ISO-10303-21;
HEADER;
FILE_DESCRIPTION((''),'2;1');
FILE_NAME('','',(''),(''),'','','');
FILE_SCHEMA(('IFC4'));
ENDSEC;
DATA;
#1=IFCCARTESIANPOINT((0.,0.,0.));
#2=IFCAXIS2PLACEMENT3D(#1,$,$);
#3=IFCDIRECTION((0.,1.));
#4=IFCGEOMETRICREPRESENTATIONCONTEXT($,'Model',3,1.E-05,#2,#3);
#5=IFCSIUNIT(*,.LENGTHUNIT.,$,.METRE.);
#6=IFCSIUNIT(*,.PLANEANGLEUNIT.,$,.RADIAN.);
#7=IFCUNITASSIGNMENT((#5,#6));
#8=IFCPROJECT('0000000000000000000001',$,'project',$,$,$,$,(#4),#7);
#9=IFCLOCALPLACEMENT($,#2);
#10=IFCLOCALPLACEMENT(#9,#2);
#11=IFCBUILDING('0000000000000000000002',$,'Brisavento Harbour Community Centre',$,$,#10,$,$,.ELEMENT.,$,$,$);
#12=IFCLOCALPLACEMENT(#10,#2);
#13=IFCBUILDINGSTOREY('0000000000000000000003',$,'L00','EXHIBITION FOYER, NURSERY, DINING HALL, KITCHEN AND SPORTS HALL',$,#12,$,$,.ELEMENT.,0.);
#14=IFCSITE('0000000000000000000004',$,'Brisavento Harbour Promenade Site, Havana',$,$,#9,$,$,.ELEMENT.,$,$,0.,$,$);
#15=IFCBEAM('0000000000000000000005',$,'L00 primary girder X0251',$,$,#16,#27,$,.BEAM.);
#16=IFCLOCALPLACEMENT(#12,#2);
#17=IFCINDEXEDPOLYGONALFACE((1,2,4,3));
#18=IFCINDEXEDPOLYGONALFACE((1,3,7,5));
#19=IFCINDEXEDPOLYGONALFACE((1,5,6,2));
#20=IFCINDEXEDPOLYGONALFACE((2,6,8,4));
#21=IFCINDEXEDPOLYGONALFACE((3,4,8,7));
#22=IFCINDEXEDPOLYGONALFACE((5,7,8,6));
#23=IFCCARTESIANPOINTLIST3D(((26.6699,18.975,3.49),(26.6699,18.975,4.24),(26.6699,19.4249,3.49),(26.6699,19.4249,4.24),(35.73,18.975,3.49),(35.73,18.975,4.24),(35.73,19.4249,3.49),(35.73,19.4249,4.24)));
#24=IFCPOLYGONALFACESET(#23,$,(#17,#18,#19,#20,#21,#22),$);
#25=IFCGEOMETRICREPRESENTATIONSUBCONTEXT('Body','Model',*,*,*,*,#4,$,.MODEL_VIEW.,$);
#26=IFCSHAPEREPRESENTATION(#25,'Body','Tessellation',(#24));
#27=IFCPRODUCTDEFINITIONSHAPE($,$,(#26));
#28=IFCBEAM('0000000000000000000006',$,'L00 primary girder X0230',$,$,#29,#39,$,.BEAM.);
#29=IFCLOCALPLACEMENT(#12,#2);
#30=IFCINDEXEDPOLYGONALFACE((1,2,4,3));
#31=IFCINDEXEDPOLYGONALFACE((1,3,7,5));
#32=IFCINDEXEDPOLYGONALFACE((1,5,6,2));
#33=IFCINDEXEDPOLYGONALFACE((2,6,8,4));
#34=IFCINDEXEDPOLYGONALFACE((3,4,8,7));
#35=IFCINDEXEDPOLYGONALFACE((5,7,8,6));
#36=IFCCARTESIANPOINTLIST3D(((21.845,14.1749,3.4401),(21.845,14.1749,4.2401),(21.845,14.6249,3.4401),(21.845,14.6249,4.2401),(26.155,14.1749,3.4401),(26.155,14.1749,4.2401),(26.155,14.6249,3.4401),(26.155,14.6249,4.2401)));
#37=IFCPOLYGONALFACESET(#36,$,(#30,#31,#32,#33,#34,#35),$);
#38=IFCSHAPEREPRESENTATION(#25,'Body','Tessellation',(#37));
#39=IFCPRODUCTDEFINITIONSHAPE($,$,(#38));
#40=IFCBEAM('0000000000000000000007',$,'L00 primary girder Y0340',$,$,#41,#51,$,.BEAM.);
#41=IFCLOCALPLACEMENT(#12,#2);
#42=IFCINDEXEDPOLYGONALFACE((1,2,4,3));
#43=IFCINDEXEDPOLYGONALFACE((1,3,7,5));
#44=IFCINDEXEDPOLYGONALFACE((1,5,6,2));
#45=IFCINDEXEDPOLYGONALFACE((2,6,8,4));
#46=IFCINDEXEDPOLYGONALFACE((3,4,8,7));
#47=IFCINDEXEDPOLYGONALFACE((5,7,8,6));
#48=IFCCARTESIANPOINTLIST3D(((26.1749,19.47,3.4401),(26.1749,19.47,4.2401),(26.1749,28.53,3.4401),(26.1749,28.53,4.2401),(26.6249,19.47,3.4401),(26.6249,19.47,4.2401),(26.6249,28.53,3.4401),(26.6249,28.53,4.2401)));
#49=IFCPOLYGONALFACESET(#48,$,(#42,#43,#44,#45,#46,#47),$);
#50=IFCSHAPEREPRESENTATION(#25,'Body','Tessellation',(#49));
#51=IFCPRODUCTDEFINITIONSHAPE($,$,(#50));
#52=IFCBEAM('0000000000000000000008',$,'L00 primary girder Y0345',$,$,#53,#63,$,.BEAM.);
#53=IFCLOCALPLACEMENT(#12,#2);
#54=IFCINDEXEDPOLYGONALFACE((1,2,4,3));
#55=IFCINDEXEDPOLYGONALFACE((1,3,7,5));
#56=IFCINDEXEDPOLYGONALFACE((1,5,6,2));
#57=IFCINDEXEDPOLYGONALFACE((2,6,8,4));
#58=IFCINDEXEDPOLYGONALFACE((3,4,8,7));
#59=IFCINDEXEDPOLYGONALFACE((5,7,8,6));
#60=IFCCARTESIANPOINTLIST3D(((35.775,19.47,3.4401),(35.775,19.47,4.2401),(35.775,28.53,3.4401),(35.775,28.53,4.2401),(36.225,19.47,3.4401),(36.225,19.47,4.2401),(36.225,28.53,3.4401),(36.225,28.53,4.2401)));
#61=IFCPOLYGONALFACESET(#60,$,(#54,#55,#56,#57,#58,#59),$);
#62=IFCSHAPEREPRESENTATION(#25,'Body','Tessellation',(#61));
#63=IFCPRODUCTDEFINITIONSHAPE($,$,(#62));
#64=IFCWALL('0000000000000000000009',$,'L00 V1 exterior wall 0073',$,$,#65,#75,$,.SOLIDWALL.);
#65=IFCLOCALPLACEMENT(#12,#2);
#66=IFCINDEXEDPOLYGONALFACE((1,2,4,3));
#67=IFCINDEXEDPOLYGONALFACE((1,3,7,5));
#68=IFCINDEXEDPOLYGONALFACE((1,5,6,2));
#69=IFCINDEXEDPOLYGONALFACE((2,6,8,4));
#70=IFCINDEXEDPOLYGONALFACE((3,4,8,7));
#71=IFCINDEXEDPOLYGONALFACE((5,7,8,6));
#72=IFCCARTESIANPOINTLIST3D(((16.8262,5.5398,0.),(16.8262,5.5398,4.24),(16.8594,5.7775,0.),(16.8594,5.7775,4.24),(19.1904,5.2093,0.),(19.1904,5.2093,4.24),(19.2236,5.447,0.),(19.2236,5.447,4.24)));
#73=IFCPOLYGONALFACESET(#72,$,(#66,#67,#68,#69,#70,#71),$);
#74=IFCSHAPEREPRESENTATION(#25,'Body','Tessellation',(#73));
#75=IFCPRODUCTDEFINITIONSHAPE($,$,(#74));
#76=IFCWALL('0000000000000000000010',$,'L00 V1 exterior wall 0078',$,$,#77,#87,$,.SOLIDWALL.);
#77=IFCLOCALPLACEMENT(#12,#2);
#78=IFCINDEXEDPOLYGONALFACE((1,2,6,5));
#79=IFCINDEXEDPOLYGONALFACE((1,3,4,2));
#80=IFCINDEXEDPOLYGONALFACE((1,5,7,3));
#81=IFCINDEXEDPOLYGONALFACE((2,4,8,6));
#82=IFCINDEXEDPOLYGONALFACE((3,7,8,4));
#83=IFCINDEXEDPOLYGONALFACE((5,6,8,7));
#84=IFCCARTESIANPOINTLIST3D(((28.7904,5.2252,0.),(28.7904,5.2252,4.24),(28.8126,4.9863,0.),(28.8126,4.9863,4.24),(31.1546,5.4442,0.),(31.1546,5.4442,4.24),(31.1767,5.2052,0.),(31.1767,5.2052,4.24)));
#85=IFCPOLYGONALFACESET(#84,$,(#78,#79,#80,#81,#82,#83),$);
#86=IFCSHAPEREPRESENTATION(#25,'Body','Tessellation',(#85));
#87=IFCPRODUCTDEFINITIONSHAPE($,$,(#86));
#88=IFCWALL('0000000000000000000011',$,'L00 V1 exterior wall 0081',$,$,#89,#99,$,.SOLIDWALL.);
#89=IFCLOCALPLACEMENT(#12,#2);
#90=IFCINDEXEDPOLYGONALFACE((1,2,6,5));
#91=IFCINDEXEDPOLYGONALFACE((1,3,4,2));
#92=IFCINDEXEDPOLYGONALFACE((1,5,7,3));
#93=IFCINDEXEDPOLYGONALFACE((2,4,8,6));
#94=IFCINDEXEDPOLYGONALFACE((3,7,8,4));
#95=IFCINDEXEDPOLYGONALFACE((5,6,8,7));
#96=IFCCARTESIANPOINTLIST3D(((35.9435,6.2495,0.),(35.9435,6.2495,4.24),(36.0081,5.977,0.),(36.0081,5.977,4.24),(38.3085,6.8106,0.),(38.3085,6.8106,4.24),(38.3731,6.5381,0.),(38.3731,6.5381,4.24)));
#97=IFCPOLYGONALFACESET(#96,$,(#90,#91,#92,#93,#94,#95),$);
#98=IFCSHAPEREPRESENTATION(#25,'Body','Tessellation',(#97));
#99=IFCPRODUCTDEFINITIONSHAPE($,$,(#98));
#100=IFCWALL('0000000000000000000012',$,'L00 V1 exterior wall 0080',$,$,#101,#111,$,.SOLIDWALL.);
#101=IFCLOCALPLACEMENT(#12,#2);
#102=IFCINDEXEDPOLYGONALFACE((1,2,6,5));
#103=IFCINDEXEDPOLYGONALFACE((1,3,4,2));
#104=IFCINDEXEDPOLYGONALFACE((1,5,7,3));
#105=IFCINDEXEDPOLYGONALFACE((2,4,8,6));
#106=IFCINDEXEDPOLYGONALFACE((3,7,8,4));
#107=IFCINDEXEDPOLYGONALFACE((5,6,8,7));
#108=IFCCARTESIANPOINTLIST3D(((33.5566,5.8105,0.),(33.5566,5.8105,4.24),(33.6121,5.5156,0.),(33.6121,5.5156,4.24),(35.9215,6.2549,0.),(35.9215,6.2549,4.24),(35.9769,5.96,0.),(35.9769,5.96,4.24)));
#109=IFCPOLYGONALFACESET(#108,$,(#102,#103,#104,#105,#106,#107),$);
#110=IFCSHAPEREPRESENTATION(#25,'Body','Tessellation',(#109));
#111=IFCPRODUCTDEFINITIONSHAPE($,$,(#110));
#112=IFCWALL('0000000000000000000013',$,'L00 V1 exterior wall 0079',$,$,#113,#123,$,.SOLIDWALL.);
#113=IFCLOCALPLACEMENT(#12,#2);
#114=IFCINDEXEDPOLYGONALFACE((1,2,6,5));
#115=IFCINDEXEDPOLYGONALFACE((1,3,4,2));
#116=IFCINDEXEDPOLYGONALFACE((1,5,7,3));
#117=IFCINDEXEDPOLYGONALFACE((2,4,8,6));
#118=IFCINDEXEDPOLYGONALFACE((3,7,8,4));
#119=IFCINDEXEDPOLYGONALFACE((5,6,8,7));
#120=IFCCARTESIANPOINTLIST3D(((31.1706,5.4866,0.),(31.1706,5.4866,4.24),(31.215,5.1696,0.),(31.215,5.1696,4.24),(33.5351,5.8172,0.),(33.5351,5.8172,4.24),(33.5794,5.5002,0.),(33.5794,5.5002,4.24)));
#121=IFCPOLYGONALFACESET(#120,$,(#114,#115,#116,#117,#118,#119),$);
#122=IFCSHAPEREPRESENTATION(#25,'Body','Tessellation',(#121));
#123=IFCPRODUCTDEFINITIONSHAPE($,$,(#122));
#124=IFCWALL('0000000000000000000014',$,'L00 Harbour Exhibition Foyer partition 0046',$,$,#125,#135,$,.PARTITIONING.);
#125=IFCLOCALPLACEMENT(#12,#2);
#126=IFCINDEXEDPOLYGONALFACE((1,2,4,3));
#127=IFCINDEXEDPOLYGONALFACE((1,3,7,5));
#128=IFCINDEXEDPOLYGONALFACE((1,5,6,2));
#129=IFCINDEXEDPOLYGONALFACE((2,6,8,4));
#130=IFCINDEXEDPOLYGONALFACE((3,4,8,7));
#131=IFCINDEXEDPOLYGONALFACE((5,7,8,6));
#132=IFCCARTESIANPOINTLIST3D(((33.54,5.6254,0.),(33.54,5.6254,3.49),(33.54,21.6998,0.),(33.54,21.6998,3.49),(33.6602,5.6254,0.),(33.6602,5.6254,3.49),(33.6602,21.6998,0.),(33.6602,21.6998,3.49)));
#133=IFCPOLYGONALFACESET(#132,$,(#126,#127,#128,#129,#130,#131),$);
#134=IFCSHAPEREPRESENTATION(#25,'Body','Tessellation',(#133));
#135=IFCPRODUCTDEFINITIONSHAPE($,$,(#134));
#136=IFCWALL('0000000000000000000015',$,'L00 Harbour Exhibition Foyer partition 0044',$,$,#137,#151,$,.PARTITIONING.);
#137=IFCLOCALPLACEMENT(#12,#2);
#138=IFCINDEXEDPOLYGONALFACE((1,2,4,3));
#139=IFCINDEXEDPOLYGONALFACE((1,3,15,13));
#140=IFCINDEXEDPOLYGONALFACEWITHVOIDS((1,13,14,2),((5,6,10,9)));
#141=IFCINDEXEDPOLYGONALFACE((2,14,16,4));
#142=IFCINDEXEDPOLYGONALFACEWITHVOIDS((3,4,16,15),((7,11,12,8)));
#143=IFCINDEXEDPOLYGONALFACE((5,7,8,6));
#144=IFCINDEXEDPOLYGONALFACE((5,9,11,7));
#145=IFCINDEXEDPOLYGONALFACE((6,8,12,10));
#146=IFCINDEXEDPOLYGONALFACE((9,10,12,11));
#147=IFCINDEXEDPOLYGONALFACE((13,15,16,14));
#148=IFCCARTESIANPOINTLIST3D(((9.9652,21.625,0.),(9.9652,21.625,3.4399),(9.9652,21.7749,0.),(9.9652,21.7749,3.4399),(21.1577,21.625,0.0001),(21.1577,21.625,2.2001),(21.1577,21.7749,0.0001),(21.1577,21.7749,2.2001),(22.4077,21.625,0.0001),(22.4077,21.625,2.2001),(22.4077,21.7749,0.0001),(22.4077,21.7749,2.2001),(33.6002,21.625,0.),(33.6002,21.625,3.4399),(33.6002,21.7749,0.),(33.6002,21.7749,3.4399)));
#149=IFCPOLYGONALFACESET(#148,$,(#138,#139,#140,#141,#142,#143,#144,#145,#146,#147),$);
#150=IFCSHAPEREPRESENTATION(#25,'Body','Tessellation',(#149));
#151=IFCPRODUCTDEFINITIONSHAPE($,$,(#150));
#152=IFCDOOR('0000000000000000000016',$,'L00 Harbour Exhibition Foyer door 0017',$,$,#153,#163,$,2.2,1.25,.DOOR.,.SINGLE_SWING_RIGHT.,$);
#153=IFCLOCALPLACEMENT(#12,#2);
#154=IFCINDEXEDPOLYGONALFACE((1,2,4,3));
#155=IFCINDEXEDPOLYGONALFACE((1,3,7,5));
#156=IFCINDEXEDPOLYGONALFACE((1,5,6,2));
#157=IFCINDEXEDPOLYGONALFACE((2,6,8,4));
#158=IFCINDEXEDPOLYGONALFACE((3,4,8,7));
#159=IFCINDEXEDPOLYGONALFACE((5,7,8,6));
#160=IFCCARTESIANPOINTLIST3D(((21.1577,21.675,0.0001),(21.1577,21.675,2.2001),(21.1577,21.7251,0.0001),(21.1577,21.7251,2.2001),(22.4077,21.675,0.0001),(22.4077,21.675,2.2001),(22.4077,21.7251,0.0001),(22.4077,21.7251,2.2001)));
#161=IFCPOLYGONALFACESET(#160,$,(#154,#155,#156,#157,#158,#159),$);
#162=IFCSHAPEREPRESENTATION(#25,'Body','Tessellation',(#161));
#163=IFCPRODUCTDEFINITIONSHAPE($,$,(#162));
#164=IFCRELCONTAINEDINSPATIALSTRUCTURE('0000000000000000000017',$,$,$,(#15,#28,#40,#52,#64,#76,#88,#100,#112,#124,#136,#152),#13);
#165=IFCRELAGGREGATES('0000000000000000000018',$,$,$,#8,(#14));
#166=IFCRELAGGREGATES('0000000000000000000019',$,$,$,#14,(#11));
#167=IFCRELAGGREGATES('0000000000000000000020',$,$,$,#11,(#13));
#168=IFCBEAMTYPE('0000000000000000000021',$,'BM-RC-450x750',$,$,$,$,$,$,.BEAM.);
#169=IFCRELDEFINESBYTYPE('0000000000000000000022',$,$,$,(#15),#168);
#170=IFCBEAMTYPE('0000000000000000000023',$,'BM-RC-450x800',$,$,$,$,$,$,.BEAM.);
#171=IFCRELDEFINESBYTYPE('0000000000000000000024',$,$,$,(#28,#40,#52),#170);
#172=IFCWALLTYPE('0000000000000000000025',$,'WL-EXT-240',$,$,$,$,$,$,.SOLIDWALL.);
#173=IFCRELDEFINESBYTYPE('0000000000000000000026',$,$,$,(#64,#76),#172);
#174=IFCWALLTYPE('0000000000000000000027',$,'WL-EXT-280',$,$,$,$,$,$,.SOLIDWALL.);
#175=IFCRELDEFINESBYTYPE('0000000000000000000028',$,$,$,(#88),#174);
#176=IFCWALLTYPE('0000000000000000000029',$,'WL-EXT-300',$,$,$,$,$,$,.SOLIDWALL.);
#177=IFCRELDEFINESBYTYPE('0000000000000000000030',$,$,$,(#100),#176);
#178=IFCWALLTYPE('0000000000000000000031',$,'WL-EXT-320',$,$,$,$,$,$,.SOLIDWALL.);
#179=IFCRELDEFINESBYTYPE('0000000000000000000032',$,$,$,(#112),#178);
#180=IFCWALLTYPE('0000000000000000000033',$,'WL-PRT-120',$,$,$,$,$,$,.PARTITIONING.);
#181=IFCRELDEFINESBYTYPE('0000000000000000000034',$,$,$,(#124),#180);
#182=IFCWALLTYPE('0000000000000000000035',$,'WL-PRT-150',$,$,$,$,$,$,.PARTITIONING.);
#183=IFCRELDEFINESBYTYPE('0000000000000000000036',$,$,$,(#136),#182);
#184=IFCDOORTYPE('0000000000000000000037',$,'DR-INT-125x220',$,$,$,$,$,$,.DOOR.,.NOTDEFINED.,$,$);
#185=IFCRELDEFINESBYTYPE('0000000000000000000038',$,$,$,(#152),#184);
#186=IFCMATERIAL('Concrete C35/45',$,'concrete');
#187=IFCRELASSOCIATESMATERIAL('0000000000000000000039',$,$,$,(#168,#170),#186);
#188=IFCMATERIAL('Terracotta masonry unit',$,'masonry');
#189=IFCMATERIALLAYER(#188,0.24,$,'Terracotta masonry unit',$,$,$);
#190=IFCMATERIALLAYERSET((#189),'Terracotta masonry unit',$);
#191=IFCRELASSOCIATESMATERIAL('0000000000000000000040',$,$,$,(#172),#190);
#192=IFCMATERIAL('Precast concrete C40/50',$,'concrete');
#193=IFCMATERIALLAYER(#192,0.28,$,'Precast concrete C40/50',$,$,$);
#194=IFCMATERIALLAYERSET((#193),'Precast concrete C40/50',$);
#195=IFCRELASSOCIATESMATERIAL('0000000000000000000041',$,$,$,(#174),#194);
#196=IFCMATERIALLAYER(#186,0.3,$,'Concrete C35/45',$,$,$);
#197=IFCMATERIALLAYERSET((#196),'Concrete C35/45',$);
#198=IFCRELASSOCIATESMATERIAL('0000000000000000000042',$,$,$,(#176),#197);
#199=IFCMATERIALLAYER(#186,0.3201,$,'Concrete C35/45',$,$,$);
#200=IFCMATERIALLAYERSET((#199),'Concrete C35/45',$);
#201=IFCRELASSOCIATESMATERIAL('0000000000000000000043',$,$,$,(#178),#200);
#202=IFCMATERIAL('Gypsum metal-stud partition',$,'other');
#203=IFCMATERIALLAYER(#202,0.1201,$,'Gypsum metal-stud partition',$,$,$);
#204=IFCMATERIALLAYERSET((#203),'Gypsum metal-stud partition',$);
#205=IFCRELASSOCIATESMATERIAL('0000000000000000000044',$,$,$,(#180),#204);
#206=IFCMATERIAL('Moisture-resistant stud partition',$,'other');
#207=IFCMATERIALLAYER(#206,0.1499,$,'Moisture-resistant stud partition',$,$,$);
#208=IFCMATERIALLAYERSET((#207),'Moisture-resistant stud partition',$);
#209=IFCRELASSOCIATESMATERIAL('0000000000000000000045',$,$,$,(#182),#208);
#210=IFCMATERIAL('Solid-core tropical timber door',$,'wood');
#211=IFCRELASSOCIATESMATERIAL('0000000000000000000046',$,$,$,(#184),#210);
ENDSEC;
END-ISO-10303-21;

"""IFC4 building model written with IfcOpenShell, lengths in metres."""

from ifc_helpers import new_model, si_unit, direction, frame, frame_2d, origin, origin_2d, place, context, subcontext, project, spatial, rectangle, extrude, material, layer, layer_set, material_profile, profile_set, type_object, element, fill, save


model = new_model("IFC4")

# Units and contexts
model_context = context("Model", 3, precision=1e-05, world=origin(), true_north=direction((0.0, 1.0)))
body_context = subcontext(model_context, "Body", "Model", "MODEL_VIEW")
ifc_project = project(units=[si_unit("LENGTHUNIT", "METRE"), si_unit("PLANEANGLEUNIT", "RADIAN")], contexts=[model_context])

# Site, building, storey
site_placement = place(None, origin())
site = spatial("IfcSite", under=ifc_project, at=site_placement, Name="Brisavento Harbour Promenade Site, Havana", CompositionType="ELEMENT", RefElevation=0.0)
building_placement = place(site_placement, origin())
building = spatial("IfcBuilding", under=site, at=building_placement, Name="Brisavento Harbour Community Centre", CompositionType="ELEMENT")
storey_placement = place(building_placement, origin())
storey = spatial("IfcBuildingStorey", under=building, at=storey_placement, Name="L00", Description="EXHIBITION FOYER, NURSERY, DINING HALL, KITCHEN AND SPORTS HALL", CompositionType="ELEMENT", Elevation=0.0)

# Shared definitions
ifc_material_1 = material(Name="Concrete C35/45", Category="concrete")

# Beams
ifc_material_profile_1 = material_profile(ifc_material_1, rectangle(XDim=0.45, YDim=0.75, at=origin_2d()), Name="Concrete C35/45")
ifc_profile_set_1 = profile_set([ifc_material_profile_1], Name="Concrete C35/45")
beam_type_1 = type_object("IfcBeamType", Name="BM-RC-450x750", PredefinedType="BEAM", material=ifc_profile_set_1)
beam_1_placement = place(storey_placement, frame((26.6699, 19.2, 3.865), z_axis=(1.0, 0.0, 0.0), x_axis=(0.0, 1.0, 0.0)))
element("IfcBeam", 1, at=beam_1_placement, inside=storey, type_object=beam_type_1, Name="L00 primary girder X0251", PredefinedType="BEAM", context=body_context, shape_type="SweptSolid", body=[
    extrude(rectangle(XDim=0.45, YDim=0.75, at=origin_2d()), origin(), (0.0, 0.0, 1.0), 9.0601),
])
ifc_material_profile_2 = material_profile(ifc_material_1, rectangle(XDim=0.45, YDim=0.8, at=origin_2d()), Name="Concrete C35/45")
ifc_profile_set_2 = profile_set([ifc_material_profile_2], Name="Concrete C35/45")
beam_type_2 = type_object("IfcBeamType", Name="BM-RC-450x800", PredefinedType="BEAM", material=ifc_profile_set_2)
beam_2_placement = place(storey_placement, frame((21.845, 14.3999, 3.8401), z_axis=(1.0, 0.0, 0.0), x_axis=(0.0, 1.0, 0.0)))
element("IfcBeam", 2, at=beam_2_placement, inside=storey, type_object=beam_type_2, Name="L00 primary girder X0230", PredefinedType="BEAM", context=body_context, shape_type="SweptSolid", body=[
    extrude(rectangle(XDim=0.45, YDim=0.8, at=origin_2d()), origin(), (0.0, 0.0, 1.0), 4.3101),
])
for number, where, z_axis, x_axis, name in (
    (3, (26.3999, 19.47, 3.8401), (0.0, 1.0, 0.0), (-1.0, 0.0, 0.0), "L00 primary girder Y0340"),
    (4, (36.0, 19.47, 3.8401), (0.0, 1.0, 0.0), (-1.0, 0.0, 0.0), "L00 primary girder Y0345"),
):
    element("IfcBeam", number, at=place(storey_placement, frame(where, z_axis=z_axis, x_axis=x_axis)), inside=storey, type_object=beam_type_2, Name=name, PredefinedType="BEAM", context=body_context, shape_type="SweptSolid", body=[
        extrude(rectangle(XDim=0.45, YDim=0.8, at=origin_2d()), origin(), (0.0, 0.0, 1.0), 9.0601),
    ])

# Walls
ifc_material_2 = material(Name="Terracotta masonry unit", Category="masonry")
ifc_layer_1 = layer(ifc_material_2, 0.24, Name="Terracotta masonry unit")
ifc_layer_set_1 = layer_set([ifc_layer_1], Name="Terracotta masonry unit")
wall_type_1 = type_object("IfcWallType", Name="WL-EXT-240", PredefinedType="SOLIDWALL", material=ifc_layer_set_1)
wall_1_placement = place(storey_placement, frame((19.207, 5.3281, 0.0), z_axis=(0.0, 0.0, 1.0), x_axis=(-0.990366, 0.138471, 0.0)))
element("IfcWall", 5, at=wall_1_placement, inside=storey, type_object=wall_type_1, Name="L00 V1 exterior wall 0073", PredefinedType="SOLIDWALL", context=body_context, shape_type="SweptSolid", body=[
    extrude(rectangle(XDim=2.3872, YDim=0.24, at=frame_2d((1.1936, 0.0))), origin(), (0.0, 0.0, 1.0), 4.24),
])
wall_2_placement = place(storey_placement, frame((31.1655, 5.3247, 0.0), z_axis=(0.0, 0.0, 1.0), x_axis=(-0.995738, -0.092232, 0.0)))
element("IfcWall", 6, at=wall_2_placement, inside=storey, type_object=wall_type_1, Name="L00 V1 exterior wall 0078", PredefinedType="SOLIDWALL", context=body_context, shape_type="SweptSolid", body=[
    extrude(rectangle(XDim=2.3743, YDim=0.24, at=frame_2d((1.187, 0.0))), origin(), (0.0, 0.0, 1.0), 4.24),
])
ifc_material_3 = material(Name="Precast concrete C40/50", Category="concrete")
ifc_layer_2 = layer(ifc_material_3, 0.28, Name="Precast concrete C40/50")
ifc_layer_set_2 = layer_set([ifc_layer_2], Name="Precast concrete C40/50")
wall_type_2 = type_object("IfcWallType", Name="WL-EXT-280", PredefinedType="SOLIDWALL", material=ifc_layer_set_2)
wall_3_placement = place(storey_placement, frame((38.3408, 6.6743, 0.0), z_axis=(0.0, 0.0, 1.0), x_axis=(-0.972997, -0.230819, 0.0)))
element("IfcWall", 7, at=wall_3_placement, inside=storey, type_object=wall_type_2, Name="L00 V1 exterior wall 0081", PredefinedType="SOLIDWALL", context=body_context, shape_type="SweptSolid", body=[
    extrude(rectangle(XDim=2.4307, YDim=0.28, at=frame_2d((1.2153, 0.0))), origin(), (0.0, 0.0, 1.0), 4.24),
])
ifc_layer_3 = layer(ifc_material_1, 0.3, Name="Concrete C35/45")
ifc_layer_set_3 = layer_set([ifc_layer_3], Name="Concrete C35/45")
wall_type_3 = type_object("IfcWallType", Name="WL-EXT-300", PredefinedType="SOLIDWALL", material=ifc_layer_set_3)
wall_4_placement = place(storey_placement, frame((35.9492, 6.1074, 0.0), z_axis=(0.0, 0.0, 1.0), x_axis=(-0.982801, -0.184668, 0.0)))
element("IfcWall", 8, at=wall_4_placement, inside=storey, type_object=wall_type_3, Name="L00 V1 exterior wall 0080", PredefinedType="SOLIDWALL", context=body_context, shape_type="SweptSolid", body=[
    extrude(rectangle(XDim=2.4062, YDim=0.3, at=frame_2d((1.2031, 0.0))), origin(), (0.0, 0.0, 1.0), 4.24),
])
ifc_layer_4 = layer(ifc_material_1, 0.3201, Name="Concrete C35/45")
ifc_layer_set_4 = layer_set([ifc_layer_4], Name="Concrete C35/45")
wall_type_4 = type_object("IfcWallType", Name="WL-EXT-320", PredefinedType="SOLIDWALL", material=ifc_layer_set_4)
wall_5_placement = place(storey_placement, frame((33.5574, 5.6587, 0.0), z_axis=(0.0, 0.0, 1.0), x_axis=(-0.990368, -0.138457, 0.0)))
element("IfcWall", 9, at=wall_5_placement, inside=storey, type_object=wall_type_4, Name="L00 V1 exterior wall 0079", PredefinedType="SOLIDWALL", context=body_context, shape_type="SweptSolid", body=[
    extrude(rectangle(XDim=2.3875, YDim=0.3201, at=frame_2d((1.1938, 0.0))), origin(), (0.0, 0.0, 1.0), 4.24),
])
ifc_material_4 = material(Name="Gypsum metal-stud partition", Category="other")
ifc_layer_5 = layer(ifc_material_4, 0.1201, Name="Gypsum metal-stud partition")
ifc_layer_set_5 = layer_set([ifc_layer_5], Name="Gypsum metal-stud partition")
wall_type_5 = type_object("IfcWallType", Name="WL-PRT-120", PredefinedType="PARTITIONING", material=ifc_layer_set_5)
wall_6_placement = place(storey_placement, frame((33.6001, 5.6255, 0.0), z_axis=(0.0, 0.0, 1.0), x_axis=(0.0, 1.0, 0.0)))
element("IfcWall", 10, at=wall_6_placement, inside=storey, type_object=wall_type_5, Name="L00 Harbour Exhibition Foyer partition 0046", PredefinedType="PARTITIONING", context=body_context, shape_type="SweptSolid", body=[
    extrude(rectangle(XDim=16.0745, YDim=0.1201, at=frame_2d((8.0371, 0.0))), origin(), (0.0, 0.0, 1.0), 3.49),
])

# Wall, opening, door
ifc_material_5 = material(Name="Moisture-resistant stud partition", Category="other")
ifc_layer_6 = layer(ifc_material_5, 0.1499, Name="Moisture-resistant stud partition")
ifc_layer_set_6 = layer_set([ifc_layer_6], Name="Moisture-resistant stud partition")
wall_type_6 = type_object("IfcWallType", Name="WL-PRT-150", PredefinedType="PARTITIONING", material=ifc_layer_set_6)
wall_7_placement = place(storey_placement, frame((33.6001, 21.7, 0.0), z_axis=(0.0, 0.0, 1.0), x_axis=(-1.0, 0.0, 0.0)))
wall_7 = element("IfcWall", 11, at=wall_7_placement, inside=storey, type_object=wall_type_6, Name="L00 Harbour Exhibition Foyer partition 0044", PredefinedType="PARTITIONING", context=body_context, shape_type="SweptSolid", body=[
    extrude(rectangle(XDim=23.635, YDim=0.1499, at=frame_2d((11.8174, 0.0))), origin(), (0.0, 0.0, 1.0), 3.4399),
])
opening_placement = place(wall_7_placement, frame((11.1924, 0.0, 0.0)))
opening = element("IfcOpeningElement", 12, at=opening_placement, cuts=wall_7, PredefinedType="OPENING", context=body_context, shape_type="SweptSolid", body=[
    extrude(rectangle(XDim=1.25, YDim=2.2, at=frame_2d((0.625, 1.1001))), frame((0.0, 0.085, 0.0), z_axis=(0.0, -1.0, 0.0), x_axis=(1.0, 0.0, 0.0)), (0.0, 0.0, 1.0), 0.1699),
])
ifc_material_6 = material(Name="Solid-core tropical timber door", Category="wood")
door_type = type_object("IfcDoorType", Name="DR-INT-125x220", OperationType="NOTDEFINED", PredefinedType="DOOR", material=ifc_material_6)
door_placement = place(opening_placement, origin())
door = element("IfcDoor", 13, at=door_placement, inside=storey, type_object=door_type, Name="L00 Harbour Exhibition Foyer door 0017", OperationType="SINGLE_SWING_RIGHT", OverallHeight=2.2, OverallWidth=1.25, PredefinedType="DOOR", context=body_context, shape_type="SweptSolid", body=[
    extrude(rectangle(XDim=1.25, YDim=2.2, at=frame_2d((0.625, 1.1001))), frame((0.0, 0.0249, 0.0), z_axis=(0.0, -1.0, 0.0), x_axis=(1.0, 0.0, 0.0)), (0.0, 0.0, 1.0), 0.05),
])
fill(opening, door)

save(model, "model.ifc")
